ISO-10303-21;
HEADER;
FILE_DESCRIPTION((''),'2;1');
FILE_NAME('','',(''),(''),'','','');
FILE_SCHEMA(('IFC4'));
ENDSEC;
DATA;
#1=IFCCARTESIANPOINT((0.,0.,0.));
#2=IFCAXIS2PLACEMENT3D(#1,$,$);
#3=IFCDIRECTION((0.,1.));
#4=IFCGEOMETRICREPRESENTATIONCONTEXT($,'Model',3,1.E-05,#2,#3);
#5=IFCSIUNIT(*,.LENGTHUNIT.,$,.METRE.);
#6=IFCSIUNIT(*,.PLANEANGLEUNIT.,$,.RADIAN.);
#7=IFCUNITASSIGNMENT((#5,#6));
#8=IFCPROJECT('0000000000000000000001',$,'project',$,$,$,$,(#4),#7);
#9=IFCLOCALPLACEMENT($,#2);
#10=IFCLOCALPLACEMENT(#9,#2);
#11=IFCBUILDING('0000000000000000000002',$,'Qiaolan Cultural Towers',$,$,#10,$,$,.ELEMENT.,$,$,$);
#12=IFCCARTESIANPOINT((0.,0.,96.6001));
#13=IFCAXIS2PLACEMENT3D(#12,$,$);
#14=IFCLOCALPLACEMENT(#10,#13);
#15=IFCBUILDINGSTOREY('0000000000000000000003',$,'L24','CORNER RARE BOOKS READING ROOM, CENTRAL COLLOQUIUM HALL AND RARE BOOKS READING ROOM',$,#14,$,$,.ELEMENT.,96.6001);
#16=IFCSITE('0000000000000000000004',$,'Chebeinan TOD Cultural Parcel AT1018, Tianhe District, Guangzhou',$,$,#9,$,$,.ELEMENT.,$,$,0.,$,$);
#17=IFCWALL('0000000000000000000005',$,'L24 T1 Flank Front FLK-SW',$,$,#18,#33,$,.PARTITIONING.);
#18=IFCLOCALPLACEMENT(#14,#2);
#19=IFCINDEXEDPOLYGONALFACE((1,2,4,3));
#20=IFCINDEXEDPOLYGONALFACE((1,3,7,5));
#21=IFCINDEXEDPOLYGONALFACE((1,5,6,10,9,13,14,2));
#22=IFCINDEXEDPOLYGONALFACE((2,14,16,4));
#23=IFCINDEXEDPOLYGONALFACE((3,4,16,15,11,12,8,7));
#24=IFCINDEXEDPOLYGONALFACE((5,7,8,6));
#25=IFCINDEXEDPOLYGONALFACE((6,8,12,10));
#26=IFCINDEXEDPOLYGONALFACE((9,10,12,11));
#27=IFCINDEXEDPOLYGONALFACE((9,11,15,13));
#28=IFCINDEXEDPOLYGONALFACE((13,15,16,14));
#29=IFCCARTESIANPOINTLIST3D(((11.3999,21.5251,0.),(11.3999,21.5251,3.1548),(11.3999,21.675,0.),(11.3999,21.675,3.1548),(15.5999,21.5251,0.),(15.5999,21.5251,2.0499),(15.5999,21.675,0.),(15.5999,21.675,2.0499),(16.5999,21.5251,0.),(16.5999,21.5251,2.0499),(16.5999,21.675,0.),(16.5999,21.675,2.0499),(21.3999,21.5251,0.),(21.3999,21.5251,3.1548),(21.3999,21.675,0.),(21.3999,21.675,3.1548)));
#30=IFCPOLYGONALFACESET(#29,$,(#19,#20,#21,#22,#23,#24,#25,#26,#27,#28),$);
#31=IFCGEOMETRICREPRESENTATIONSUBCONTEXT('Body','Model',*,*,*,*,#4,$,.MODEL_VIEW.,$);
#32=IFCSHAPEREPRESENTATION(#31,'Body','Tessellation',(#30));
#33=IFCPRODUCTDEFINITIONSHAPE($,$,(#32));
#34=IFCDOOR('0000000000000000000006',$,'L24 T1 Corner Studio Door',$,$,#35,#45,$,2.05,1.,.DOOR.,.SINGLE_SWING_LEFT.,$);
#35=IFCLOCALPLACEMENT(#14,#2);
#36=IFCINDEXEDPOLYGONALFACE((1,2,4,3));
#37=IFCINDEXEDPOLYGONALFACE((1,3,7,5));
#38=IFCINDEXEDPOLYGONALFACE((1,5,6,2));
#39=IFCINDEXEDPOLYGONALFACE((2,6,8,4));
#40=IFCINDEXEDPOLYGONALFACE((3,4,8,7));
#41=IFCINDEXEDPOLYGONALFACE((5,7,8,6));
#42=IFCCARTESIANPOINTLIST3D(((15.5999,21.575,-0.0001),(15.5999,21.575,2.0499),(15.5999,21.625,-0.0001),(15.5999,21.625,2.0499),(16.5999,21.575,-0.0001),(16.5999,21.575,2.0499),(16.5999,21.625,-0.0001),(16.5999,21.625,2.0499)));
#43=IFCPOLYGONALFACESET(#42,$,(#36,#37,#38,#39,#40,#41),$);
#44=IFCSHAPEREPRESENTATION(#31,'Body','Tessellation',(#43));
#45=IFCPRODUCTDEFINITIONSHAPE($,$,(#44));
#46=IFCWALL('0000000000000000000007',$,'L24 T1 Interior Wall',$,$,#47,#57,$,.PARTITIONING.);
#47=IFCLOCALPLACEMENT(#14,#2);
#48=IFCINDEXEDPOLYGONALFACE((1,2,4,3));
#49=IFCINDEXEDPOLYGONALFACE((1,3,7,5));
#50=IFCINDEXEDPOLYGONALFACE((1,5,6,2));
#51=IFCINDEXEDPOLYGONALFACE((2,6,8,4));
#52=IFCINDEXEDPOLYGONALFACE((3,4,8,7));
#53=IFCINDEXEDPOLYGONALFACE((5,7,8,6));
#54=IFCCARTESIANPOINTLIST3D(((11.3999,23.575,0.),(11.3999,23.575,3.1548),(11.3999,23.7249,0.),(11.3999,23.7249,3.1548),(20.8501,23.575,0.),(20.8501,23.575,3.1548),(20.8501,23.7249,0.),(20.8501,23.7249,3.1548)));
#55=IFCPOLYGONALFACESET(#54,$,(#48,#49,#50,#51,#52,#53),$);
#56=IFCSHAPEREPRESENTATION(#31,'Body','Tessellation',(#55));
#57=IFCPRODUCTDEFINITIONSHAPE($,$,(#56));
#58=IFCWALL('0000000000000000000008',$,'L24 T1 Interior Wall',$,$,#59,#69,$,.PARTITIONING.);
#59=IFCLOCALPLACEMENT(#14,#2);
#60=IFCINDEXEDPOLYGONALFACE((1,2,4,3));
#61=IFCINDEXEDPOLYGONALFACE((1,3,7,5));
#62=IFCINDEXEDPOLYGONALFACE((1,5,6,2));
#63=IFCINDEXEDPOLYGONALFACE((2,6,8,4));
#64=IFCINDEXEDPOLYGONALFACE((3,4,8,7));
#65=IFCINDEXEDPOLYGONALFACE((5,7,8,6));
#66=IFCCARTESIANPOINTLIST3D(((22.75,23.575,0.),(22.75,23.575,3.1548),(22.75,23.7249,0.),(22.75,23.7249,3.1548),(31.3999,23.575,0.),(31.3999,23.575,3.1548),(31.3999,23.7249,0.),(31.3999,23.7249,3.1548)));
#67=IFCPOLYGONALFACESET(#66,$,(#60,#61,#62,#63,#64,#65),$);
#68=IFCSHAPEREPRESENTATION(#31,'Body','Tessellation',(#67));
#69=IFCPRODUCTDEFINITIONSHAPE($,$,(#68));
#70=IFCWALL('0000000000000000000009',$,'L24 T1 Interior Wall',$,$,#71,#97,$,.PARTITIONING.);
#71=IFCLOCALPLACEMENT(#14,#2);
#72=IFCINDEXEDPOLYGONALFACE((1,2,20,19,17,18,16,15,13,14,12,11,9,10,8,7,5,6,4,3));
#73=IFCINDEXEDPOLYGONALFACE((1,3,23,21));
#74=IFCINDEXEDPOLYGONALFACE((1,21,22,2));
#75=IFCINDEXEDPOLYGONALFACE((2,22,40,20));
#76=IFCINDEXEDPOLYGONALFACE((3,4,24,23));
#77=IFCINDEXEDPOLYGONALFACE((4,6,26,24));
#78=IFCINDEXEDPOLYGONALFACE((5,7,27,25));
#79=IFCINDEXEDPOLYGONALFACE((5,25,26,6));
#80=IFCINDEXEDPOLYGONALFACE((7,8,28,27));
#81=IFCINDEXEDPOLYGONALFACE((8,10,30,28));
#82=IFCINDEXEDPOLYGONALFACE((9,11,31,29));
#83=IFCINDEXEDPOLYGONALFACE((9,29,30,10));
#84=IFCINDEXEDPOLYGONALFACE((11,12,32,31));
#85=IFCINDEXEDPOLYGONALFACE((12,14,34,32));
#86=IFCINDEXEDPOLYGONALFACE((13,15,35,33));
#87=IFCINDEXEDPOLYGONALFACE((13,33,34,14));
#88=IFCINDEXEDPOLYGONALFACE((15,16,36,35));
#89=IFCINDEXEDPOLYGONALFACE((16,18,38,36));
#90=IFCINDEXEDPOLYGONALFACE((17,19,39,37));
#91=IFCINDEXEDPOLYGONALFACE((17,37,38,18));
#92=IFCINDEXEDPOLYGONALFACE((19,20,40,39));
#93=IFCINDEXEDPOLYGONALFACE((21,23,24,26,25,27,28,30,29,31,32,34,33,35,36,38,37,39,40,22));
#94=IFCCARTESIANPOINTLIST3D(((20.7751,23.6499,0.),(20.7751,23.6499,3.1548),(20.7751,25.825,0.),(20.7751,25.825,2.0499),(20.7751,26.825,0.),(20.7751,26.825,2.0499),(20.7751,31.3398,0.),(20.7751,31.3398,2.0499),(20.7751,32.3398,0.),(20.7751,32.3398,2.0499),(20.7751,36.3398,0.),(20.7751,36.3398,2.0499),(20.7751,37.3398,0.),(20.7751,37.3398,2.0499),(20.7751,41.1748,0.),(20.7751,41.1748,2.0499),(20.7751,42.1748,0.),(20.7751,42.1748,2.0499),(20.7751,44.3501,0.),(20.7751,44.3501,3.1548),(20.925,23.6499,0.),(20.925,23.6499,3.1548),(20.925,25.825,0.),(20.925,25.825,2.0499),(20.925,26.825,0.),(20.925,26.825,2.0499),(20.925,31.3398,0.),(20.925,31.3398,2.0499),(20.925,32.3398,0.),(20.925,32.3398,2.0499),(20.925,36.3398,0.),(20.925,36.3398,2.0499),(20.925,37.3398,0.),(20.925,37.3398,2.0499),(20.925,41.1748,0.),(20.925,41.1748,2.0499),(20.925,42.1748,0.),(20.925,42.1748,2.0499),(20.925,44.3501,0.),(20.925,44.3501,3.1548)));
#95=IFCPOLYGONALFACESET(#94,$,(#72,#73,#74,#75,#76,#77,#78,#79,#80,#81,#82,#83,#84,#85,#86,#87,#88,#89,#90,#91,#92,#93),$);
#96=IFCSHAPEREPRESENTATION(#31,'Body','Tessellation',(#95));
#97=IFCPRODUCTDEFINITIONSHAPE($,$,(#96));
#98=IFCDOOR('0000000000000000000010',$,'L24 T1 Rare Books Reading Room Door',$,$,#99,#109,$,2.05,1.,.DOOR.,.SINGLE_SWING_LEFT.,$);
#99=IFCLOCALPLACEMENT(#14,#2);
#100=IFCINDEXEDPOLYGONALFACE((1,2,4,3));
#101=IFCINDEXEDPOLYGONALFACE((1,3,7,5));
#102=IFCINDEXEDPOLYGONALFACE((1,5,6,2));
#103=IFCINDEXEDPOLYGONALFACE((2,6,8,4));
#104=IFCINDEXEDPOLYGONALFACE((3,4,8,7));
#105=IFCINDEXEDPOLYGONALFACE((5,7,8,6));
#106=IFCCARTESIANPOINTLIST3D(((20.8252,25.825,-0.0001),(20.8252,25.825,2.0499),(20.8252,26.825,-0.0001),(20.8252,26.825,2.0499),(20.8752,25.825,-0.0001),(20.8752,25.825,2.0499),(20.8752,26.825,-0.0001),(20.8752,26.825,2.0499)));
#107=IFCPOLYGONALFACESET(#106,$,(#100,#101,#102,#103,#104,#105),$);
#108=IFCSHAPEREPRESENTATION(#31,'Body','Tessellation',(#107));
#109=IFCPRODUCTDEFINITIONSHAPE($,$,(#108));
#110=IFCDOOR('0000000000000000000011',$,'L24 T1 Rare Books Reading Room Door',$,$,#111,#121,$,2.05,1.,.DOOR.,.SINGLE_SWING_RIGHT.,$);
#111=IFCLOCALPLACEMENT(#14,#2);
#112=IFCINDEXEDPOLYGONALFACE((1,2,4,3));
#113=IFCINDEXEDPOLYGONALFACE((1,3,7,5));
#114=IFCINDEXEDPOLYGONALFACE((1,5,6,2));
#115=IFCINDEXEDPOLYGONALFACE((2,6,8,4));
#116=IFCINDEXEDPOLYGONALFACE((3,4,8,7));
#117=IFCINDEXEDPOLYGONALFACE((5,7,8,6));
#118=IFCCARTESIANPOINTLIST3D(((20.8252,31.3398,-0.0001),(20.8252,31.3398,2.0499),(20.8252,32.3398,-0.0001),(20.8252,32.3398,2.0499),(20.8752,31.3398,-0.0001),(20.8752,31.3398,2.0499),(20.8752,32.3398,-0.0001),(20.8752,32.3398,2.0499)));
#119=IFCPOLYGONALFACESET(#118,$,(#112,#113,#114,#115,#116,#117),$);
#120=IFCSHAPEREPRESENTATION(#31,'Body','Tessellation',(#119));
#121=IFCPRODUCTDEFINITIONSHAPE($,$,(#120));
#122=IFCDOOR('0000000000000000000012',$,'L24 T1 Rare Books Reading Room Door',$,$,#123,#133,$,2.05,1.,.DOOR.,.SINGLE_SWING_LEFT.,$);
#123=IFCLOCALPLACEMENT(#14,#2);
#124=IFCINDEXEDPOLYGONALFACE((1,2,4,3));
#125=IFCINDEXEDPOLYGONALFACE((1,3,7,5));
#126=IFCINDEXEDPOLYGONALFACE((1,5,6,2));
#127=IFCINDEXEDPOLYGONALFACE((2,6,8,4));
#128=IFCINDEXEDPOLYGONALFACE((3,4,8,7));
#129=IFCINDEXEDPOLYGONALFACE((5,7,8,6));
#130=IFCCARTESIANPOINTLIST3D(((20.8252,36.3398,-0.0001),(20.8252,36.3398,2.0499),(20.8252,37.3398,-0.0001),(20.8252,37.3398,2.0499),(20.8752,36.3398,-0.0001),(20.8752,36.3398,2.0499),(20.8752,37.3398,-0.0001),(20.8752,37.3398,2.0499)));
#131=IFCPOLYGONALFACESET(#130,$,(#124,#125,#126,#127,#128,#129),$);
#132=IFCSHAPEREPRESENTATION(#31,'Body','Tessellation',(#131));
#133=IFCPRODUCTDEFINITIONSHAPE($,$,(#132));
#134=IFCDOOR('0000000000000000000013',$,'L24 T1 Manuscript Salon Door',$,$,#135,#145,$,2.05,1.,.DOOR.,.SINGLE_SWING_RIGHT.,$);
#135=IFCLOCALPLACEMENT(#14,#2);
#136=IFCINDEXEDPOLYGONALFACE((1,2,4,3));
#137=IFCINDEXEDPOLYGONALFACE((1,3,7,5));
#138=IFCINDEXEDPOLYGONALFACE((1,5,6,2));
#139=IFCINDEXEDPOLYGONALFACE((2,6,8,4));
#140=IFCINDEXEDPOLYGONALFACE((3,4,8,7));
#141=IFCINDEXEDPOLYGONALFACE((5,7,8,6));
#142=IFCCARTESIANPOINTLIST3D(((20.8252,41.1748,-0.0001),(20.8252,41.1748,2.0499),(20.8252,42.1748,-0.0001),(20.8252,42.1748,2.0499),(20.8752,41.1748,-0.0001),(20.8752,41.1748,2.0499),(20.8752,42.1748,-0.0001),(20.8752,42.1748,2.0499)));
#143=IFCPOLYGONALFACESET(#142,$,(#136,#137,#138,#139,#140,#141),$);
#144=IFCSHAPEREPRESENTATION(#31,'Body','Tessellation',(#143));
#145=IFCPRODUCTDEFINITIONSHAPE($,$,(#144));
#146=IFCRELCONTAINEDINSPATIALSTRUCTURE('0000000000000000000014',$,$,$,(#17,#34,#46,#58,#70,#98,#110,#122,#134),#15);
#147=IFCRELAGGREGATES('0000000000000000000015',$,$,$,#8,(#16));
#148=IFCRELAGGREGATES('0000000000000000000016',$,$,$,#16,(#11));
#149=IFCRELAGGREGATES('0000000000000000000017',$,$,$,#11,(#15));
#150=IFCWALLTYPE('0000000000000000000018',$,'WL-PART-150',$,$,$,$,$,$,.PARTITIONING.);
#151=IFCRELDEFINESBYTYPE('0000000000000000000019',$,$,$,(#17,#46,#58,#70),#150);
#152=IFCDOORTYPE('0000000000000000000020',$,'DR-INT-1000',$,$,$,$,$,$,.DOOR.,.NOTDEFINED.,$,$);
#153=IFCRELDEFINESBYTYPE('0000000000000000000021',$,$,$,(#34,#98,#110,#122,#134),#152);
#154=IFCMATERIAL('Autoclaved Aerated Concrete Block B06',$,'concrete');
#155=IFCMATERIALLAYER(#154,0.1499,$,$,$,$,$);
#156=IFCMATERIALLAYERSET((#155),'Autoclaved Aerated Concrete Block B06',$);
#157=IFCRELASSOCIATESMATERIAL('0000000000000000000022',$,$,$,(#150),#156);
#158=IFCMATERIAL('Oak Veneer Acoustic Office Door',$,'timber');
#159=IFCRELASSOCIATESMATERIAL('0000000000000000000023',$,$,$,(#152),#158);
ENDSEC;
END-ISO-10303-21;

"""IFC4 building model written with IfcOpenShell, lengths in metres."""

from ifc_helpers import new_model, si_unit, direction, frame, frame_2d, origin, place, context, subcontext, project, spatial, rectangle, extrude, material, layer, layer_set, type_object, element, fill, save


model = new_model("IFC4")

# Units and contexts
model_context = context("Model", 3, precision=1e-05, world=origin(), true_north=direction((0.0, 1.0)))
body_context = subcontext(model_context, "Body", "Model", "MODEL_VIEW")
ifc_project = project(units=[si_unit("LENGTHUNIT", "METRE"), si_unit("PLANEANGLEUNIT", "RADIAN")], contexts=[model_context])

# Site, building, storey
site_placement = place(None, origin())
site = spatial("IfcSite", under=ifc_project, at=site_placement, Name="Chebeinan TOD Cultural Parcel AT1018, Tianhe District, Guangzhou", CompositionType="ELEMENT", RefElevation=0.0)
building_placement = place(site_placement, origin())
building = spatial("IfcBuilding", under=site, at=building_placement, Name="Qiaolan Cultural Towers", CompositionType="ELEMENT")
storey_placement = place(building_placement, frame((0.0, 0.0, 96.6001)))
storey = spatial("IfcBuildingStorey", under=building, at=storey_placement, Name="L24", Description="CORNER RARE BOOKS READING ROOM, CENTRAL COLLOQUIUM HALL AND RARE BOOKS READING ROOM", CompositionType="ELEMENT", Elevation=96.6001)

# Wall, opening, door
ifc_material_1 = material(Name="Autoclaved Aerated Concrete Block B06", Category="concrete")
ifc_layer_1 = layer(ifc_material_1, 0.1499)
ifc_layer_set_1 = layer_set([ifc_layer_1], Name="Autoclaved Aerated Concrete Block B06")
wall_type_1 = type_object("IfcWallType", Name="WL-PART-150", PredefinedType="PARTITIONING", material=ifc_layer_set_1)
wall_1_placement = place(storey_placement, frame((11.3999, 21.6001, 0.0), z_axis=(0.0, 0.0, 1.0), x_axis=(1.0, 0.0, 0.0)))
wall_1 = element("IfcWall", 1, at=wall_1_placement, inside=storey, type_object=wall_type_1, Name="L24 T1 Flank Front FLK-SW", PredefinedType="PARTITIONING", context=body_context, shape_type="SweptSolid", body=[
    extrude(rectangle(XDim=10.0, YDim=0.1499, at=frame_2d((5.0, 0.0))), origin(), (0.0, 0.0, 1.0), 3.1548),
])
opening_1_placement = place(wall_1_placement, frame((4.2, 0.0, 0.0)))
opening_1 = element("IfcOpeningElement", 2, at=opening_1_placement, cuts=wall_1, PredefinedType="OPENING", context=body_context, shape_type="SweptSolid", body=[
    extrude(rectangle(XDim=1.0, YDim=2.05, at=frame_2d((0.5, 1.0249))), frame((0.0, 0.085, 0.0), z_axis=(0.0, -1.0, 0.0), x_axis=(1.0, 0.0, 0.0)), (0.0, 0.0, 1.0), 0.1699),
])
ifc_material_2 = material(Name="Oak Veneer Acoustic Office Door", Category="timber")
door_type_1 = type_object("IfcDoorType", Name="DR-INT-1000", OperationType="NOTDEFINED", PredefinedType="DOOR", material=ifc_material_2)
door_1_placement = place(opening_1_placement, origin())
door_1 = element("IfcDoor", 3, at=door_1_placement, inside=storey, type_object=door_type_1, Name="L24 T1 Corner Studio Door", OperationType="SINGLE_SWING_LEFT", OverallHeight=2.05, OverallWidth=1.0, PredefinedType="DOOR", context=body_context, shape_type="SweptSolid", body=[
    extrude(rectangle(XDim=1.0, YDim=2.05, at=frame_2d((0.5, 1.0249))), frame((0.0, 0.0249, 0.0), z_axis=(0.0, -1.0, 0.0), x_axis=(1.0, 0.0, 0.0)), (0.0, 0.0, 1.0), 0.05),
])
fill(opening_1, door_1)

# Walls
wall_2_placement = place(storey_placement, frame((11.3999, 23.6499, 0.0), z_axis=(0.0, 0.0, 1.0), x_axis=(1.0, 0.0, 0.0)))
element("IfcWall", 4, at=wall_2_placement, inside=storey, type_object=wall_type_1, Name="L24 T1 Interior Wall", PredefinedType="PARTITIONING", context=body_context, shape_type="SweptSolid", body=[
    extrude(rectangle(XDim=9.4502, YDim=0.1499, at=frame_2d((4.7251, 0.0))), origin(), (0.0, 0.0, 1.0), 3.1548),
])
wall_3_placement = place(storey_placement, frame((22.75, 23.6499, 0.0), z_axis=(0.0, 0.0, 1.0), x_axis=(1.0, 0.0, 0.0)))
element("IfcWall", 5, at=wall_3_placement, inside=storey, type_object=wall_type_1, Name="L24 T1 Interior Wall", PredefinedType="PARTITIONING", context=body_context, shape_type="SweptSolid", body=[
    extrude(rectangle(XDim=8.6499, YDim=0.1499, at=frame_2d((4.325, 0.0))), origin(), (0.0, 0.0, 1.0), 3.1548),
])

# Wall, openings, doors
wall_4_placement = place(storey_placement, frame((20.8501, 23.6499, 0.0), z_axis=(0.0, 0.0, 1.0), x_axis=(0.0, 1.0, 0.0)))
wall_4 = element("IfcWall", 6, at=wall_4_placement, inside=storey, type_object=wall_type_1, Name="L24 T1 Interior Wall", PredefinedType="PARTITIONING", context=body_context, shape_type="SweptSolid", body=[
    extrude(rectangle(XDim=20.7002, YDim=0.1499, at=frame_2d((10.3501, 0.0))), origin(), (0.0, 0.0, 1.0), 3.1548),
])
opening_2_placement = place(wall_4_placement, frame((2.175, 0.0, 0.0)))
opening_2 = element("IfcOpeningElement", 7, at=opening_2_placement, cuts=wall_4, PredefinedType="OPENING", context=body_context, shape_type="SweptSolid", body=[
    extrude(rectangle(XDim=1.0, YDim=2.05, at=frame_2d((0.5, 1.0249))), frame((0.0, 0.085, 0.0), z_axis=(0.0, -1.0, 0.0), x_axis=(1.0, 0.0, 0.0)), (0.0, 0.0, 1.0), 0.1699),
])
opening_3_placement = place(wall_4_placement, frame((7.6899, 0.0, 0.0)))
opening_3 = element("IfcOpeningElement", 8, at=opening_3_placement, cuts=wall_4, PredefinedType="OPENING", context=body_context, shape_type="SweptSolid", body=[
    extrude(rectangle(XDim=1.0, YDim=2.05, at=frame_2d((0.5, 1.0249))), frame((0.0, 0.085, 0.0), z_axis=(0.0, -1.0, 0.0), x_axis=(1.0, 0.0, 0.0)), (0.0, 0.0, 1.0), 0.1699),
])
opening_4_placement = place(wall_4_placement, frame((12.6899, 0.0, 0.0)))
opening_4 = element("IfcOpeningElement", 9, at=opening_4_placement, cuts=wall_4, PredefinedType="OPENING", context=body_context, shape_type="SweptSolid", body=[
    extrude(rectangle(XDim=1.0, YDim=2.05, at=frame_2d((0.5, 1.0249))), frame((0.0, 0.085, 0.0), z_axis=(0.0, -1.0, 0.0), x_axis=(1.0, 0.0, 0.0)), (0.0, 0.0, 1.0), 0.1699),
])
opening_5_placement = place(wall_4_placement, frame((17.5249, 0.0, 0.0)))
opening_5 = element("IfcOpeningElement", 10, at=opening_5_placement, cuts=wall_4, PredefinedType="OPENING", context=body_context, shape_type="SweptSolid", body=[
    extrude(rectangle(XDim=1.0, YDim=2.05, at=frame_2d((0.5, 1.0249))), frame((0.0, 0.085, 0.0), z_axis=(0.0, -1.0, 0.0), x_axis=(1.0, 0.0, 0.0)), (0.0, 0.0, 1.0), 0.1699),
])
door_2_placement = place(opening_2_placement, origin())
door_2 = element("IfcDoor", 11, at=door_2_placement, inside=storey, type_object=door_type_1, Name="L24 T1 Rare Books Reading Room Door", OperationType="SINGLE_SWING_LEFT", OverallHeight=2.05, OverallWidth=1.0, PredefinedType="DOOR", context=body_context, shape_type="SweptSolid", body=[
    extrude(rectangle(XDim=1.0, YDim=2.05, at=frame_2d((0.5, 1.0249))), frame((0.0, 0.0249, 0.0), z_axis=(0.0, -1.0, 0.0), x_axis=(1.0, 0.0, 0.0)), (0.0, 0.0, 1.0), 0.05),
])
fill(opening_2, door_2)
door_3_placement = place(opening_3_placement, origin())
door_3 = element("IfcDoor", 12, at=door_3_placement, inside=storey, type_object=door_type_1, Name="L24 T1 Rare Books Reading Room Door", OperationType="SINGLE_SWING_RIGHT", OverallHeight=2.05, OverallWidth=1.0, PredefinedType="DOOR", context=body_context, shape_type="SweptSolid", body=[
    extrude(rectangle(XDim=1.0, YDim=2.05, at=frame_2d((0.5, 1.0249))), frame((0.0, 0.0249, 0.0), z_axis=(0.0, -1.0, 0.0), x_axis=(1.0, 0.0, 0.0)), (0.0, 0.0, 1.0), 0.05),
])
fill(opening_3, door_3)
door_4_placement = place(opening_4_placement, origin())
door_4 = element("IfcDoor", 13, at=door_4_placement, inside=storey, type_object=door_type_1, Name="L24 T1 Rare Books Reading Room Door", OperationType="SINGLE_SWING_LEFT", OverallHeight=2.05, OverallWidth=1.0, PredefinedType="DOOR", context=body_context, shape_type="SweptSolid", body=[
    extrude(rectangle(XDim=1.0, YDim=2.05, at=frame_2d((0.5, 1.0249))), frame((0.0, 0.0249, 0.0), z_axis=(0.0, -1.0, 0.0), x_axis=(1.0, 0.0, 0.0)), (0.0, 0.0, 1.0), 0.05),
])
fill(opening_4, door_4)
door_5_placement = place(opening_5_placement, origin())
door_5 = element("IfcDoor", 14, at=door_5_placement, inside=storey, type_object=door_type_1, Name="L24 T1 Manuscript Salon Door", OperationType="SINGLE_SWING_RIGHT", OverallHeight=2.05, OverallWidth=1.0, PredefinedType="DOOR", context=body_context, shape_type="SweptSolid", body=[
    extrude(rectangle(XDim=1.0, YDim=2.05, at=frame_2d((0.5, 1.0249))), frame((0.0, 0.0249, 0.0), z_axis=(0.0, -1.0, 0.0), x_axis=(1.0, 0.0, 0.0)), (0.0, 0.0, 1.0), 0.05),
])
fill(opening_5, door_5)

save(model, "model.ifc")
